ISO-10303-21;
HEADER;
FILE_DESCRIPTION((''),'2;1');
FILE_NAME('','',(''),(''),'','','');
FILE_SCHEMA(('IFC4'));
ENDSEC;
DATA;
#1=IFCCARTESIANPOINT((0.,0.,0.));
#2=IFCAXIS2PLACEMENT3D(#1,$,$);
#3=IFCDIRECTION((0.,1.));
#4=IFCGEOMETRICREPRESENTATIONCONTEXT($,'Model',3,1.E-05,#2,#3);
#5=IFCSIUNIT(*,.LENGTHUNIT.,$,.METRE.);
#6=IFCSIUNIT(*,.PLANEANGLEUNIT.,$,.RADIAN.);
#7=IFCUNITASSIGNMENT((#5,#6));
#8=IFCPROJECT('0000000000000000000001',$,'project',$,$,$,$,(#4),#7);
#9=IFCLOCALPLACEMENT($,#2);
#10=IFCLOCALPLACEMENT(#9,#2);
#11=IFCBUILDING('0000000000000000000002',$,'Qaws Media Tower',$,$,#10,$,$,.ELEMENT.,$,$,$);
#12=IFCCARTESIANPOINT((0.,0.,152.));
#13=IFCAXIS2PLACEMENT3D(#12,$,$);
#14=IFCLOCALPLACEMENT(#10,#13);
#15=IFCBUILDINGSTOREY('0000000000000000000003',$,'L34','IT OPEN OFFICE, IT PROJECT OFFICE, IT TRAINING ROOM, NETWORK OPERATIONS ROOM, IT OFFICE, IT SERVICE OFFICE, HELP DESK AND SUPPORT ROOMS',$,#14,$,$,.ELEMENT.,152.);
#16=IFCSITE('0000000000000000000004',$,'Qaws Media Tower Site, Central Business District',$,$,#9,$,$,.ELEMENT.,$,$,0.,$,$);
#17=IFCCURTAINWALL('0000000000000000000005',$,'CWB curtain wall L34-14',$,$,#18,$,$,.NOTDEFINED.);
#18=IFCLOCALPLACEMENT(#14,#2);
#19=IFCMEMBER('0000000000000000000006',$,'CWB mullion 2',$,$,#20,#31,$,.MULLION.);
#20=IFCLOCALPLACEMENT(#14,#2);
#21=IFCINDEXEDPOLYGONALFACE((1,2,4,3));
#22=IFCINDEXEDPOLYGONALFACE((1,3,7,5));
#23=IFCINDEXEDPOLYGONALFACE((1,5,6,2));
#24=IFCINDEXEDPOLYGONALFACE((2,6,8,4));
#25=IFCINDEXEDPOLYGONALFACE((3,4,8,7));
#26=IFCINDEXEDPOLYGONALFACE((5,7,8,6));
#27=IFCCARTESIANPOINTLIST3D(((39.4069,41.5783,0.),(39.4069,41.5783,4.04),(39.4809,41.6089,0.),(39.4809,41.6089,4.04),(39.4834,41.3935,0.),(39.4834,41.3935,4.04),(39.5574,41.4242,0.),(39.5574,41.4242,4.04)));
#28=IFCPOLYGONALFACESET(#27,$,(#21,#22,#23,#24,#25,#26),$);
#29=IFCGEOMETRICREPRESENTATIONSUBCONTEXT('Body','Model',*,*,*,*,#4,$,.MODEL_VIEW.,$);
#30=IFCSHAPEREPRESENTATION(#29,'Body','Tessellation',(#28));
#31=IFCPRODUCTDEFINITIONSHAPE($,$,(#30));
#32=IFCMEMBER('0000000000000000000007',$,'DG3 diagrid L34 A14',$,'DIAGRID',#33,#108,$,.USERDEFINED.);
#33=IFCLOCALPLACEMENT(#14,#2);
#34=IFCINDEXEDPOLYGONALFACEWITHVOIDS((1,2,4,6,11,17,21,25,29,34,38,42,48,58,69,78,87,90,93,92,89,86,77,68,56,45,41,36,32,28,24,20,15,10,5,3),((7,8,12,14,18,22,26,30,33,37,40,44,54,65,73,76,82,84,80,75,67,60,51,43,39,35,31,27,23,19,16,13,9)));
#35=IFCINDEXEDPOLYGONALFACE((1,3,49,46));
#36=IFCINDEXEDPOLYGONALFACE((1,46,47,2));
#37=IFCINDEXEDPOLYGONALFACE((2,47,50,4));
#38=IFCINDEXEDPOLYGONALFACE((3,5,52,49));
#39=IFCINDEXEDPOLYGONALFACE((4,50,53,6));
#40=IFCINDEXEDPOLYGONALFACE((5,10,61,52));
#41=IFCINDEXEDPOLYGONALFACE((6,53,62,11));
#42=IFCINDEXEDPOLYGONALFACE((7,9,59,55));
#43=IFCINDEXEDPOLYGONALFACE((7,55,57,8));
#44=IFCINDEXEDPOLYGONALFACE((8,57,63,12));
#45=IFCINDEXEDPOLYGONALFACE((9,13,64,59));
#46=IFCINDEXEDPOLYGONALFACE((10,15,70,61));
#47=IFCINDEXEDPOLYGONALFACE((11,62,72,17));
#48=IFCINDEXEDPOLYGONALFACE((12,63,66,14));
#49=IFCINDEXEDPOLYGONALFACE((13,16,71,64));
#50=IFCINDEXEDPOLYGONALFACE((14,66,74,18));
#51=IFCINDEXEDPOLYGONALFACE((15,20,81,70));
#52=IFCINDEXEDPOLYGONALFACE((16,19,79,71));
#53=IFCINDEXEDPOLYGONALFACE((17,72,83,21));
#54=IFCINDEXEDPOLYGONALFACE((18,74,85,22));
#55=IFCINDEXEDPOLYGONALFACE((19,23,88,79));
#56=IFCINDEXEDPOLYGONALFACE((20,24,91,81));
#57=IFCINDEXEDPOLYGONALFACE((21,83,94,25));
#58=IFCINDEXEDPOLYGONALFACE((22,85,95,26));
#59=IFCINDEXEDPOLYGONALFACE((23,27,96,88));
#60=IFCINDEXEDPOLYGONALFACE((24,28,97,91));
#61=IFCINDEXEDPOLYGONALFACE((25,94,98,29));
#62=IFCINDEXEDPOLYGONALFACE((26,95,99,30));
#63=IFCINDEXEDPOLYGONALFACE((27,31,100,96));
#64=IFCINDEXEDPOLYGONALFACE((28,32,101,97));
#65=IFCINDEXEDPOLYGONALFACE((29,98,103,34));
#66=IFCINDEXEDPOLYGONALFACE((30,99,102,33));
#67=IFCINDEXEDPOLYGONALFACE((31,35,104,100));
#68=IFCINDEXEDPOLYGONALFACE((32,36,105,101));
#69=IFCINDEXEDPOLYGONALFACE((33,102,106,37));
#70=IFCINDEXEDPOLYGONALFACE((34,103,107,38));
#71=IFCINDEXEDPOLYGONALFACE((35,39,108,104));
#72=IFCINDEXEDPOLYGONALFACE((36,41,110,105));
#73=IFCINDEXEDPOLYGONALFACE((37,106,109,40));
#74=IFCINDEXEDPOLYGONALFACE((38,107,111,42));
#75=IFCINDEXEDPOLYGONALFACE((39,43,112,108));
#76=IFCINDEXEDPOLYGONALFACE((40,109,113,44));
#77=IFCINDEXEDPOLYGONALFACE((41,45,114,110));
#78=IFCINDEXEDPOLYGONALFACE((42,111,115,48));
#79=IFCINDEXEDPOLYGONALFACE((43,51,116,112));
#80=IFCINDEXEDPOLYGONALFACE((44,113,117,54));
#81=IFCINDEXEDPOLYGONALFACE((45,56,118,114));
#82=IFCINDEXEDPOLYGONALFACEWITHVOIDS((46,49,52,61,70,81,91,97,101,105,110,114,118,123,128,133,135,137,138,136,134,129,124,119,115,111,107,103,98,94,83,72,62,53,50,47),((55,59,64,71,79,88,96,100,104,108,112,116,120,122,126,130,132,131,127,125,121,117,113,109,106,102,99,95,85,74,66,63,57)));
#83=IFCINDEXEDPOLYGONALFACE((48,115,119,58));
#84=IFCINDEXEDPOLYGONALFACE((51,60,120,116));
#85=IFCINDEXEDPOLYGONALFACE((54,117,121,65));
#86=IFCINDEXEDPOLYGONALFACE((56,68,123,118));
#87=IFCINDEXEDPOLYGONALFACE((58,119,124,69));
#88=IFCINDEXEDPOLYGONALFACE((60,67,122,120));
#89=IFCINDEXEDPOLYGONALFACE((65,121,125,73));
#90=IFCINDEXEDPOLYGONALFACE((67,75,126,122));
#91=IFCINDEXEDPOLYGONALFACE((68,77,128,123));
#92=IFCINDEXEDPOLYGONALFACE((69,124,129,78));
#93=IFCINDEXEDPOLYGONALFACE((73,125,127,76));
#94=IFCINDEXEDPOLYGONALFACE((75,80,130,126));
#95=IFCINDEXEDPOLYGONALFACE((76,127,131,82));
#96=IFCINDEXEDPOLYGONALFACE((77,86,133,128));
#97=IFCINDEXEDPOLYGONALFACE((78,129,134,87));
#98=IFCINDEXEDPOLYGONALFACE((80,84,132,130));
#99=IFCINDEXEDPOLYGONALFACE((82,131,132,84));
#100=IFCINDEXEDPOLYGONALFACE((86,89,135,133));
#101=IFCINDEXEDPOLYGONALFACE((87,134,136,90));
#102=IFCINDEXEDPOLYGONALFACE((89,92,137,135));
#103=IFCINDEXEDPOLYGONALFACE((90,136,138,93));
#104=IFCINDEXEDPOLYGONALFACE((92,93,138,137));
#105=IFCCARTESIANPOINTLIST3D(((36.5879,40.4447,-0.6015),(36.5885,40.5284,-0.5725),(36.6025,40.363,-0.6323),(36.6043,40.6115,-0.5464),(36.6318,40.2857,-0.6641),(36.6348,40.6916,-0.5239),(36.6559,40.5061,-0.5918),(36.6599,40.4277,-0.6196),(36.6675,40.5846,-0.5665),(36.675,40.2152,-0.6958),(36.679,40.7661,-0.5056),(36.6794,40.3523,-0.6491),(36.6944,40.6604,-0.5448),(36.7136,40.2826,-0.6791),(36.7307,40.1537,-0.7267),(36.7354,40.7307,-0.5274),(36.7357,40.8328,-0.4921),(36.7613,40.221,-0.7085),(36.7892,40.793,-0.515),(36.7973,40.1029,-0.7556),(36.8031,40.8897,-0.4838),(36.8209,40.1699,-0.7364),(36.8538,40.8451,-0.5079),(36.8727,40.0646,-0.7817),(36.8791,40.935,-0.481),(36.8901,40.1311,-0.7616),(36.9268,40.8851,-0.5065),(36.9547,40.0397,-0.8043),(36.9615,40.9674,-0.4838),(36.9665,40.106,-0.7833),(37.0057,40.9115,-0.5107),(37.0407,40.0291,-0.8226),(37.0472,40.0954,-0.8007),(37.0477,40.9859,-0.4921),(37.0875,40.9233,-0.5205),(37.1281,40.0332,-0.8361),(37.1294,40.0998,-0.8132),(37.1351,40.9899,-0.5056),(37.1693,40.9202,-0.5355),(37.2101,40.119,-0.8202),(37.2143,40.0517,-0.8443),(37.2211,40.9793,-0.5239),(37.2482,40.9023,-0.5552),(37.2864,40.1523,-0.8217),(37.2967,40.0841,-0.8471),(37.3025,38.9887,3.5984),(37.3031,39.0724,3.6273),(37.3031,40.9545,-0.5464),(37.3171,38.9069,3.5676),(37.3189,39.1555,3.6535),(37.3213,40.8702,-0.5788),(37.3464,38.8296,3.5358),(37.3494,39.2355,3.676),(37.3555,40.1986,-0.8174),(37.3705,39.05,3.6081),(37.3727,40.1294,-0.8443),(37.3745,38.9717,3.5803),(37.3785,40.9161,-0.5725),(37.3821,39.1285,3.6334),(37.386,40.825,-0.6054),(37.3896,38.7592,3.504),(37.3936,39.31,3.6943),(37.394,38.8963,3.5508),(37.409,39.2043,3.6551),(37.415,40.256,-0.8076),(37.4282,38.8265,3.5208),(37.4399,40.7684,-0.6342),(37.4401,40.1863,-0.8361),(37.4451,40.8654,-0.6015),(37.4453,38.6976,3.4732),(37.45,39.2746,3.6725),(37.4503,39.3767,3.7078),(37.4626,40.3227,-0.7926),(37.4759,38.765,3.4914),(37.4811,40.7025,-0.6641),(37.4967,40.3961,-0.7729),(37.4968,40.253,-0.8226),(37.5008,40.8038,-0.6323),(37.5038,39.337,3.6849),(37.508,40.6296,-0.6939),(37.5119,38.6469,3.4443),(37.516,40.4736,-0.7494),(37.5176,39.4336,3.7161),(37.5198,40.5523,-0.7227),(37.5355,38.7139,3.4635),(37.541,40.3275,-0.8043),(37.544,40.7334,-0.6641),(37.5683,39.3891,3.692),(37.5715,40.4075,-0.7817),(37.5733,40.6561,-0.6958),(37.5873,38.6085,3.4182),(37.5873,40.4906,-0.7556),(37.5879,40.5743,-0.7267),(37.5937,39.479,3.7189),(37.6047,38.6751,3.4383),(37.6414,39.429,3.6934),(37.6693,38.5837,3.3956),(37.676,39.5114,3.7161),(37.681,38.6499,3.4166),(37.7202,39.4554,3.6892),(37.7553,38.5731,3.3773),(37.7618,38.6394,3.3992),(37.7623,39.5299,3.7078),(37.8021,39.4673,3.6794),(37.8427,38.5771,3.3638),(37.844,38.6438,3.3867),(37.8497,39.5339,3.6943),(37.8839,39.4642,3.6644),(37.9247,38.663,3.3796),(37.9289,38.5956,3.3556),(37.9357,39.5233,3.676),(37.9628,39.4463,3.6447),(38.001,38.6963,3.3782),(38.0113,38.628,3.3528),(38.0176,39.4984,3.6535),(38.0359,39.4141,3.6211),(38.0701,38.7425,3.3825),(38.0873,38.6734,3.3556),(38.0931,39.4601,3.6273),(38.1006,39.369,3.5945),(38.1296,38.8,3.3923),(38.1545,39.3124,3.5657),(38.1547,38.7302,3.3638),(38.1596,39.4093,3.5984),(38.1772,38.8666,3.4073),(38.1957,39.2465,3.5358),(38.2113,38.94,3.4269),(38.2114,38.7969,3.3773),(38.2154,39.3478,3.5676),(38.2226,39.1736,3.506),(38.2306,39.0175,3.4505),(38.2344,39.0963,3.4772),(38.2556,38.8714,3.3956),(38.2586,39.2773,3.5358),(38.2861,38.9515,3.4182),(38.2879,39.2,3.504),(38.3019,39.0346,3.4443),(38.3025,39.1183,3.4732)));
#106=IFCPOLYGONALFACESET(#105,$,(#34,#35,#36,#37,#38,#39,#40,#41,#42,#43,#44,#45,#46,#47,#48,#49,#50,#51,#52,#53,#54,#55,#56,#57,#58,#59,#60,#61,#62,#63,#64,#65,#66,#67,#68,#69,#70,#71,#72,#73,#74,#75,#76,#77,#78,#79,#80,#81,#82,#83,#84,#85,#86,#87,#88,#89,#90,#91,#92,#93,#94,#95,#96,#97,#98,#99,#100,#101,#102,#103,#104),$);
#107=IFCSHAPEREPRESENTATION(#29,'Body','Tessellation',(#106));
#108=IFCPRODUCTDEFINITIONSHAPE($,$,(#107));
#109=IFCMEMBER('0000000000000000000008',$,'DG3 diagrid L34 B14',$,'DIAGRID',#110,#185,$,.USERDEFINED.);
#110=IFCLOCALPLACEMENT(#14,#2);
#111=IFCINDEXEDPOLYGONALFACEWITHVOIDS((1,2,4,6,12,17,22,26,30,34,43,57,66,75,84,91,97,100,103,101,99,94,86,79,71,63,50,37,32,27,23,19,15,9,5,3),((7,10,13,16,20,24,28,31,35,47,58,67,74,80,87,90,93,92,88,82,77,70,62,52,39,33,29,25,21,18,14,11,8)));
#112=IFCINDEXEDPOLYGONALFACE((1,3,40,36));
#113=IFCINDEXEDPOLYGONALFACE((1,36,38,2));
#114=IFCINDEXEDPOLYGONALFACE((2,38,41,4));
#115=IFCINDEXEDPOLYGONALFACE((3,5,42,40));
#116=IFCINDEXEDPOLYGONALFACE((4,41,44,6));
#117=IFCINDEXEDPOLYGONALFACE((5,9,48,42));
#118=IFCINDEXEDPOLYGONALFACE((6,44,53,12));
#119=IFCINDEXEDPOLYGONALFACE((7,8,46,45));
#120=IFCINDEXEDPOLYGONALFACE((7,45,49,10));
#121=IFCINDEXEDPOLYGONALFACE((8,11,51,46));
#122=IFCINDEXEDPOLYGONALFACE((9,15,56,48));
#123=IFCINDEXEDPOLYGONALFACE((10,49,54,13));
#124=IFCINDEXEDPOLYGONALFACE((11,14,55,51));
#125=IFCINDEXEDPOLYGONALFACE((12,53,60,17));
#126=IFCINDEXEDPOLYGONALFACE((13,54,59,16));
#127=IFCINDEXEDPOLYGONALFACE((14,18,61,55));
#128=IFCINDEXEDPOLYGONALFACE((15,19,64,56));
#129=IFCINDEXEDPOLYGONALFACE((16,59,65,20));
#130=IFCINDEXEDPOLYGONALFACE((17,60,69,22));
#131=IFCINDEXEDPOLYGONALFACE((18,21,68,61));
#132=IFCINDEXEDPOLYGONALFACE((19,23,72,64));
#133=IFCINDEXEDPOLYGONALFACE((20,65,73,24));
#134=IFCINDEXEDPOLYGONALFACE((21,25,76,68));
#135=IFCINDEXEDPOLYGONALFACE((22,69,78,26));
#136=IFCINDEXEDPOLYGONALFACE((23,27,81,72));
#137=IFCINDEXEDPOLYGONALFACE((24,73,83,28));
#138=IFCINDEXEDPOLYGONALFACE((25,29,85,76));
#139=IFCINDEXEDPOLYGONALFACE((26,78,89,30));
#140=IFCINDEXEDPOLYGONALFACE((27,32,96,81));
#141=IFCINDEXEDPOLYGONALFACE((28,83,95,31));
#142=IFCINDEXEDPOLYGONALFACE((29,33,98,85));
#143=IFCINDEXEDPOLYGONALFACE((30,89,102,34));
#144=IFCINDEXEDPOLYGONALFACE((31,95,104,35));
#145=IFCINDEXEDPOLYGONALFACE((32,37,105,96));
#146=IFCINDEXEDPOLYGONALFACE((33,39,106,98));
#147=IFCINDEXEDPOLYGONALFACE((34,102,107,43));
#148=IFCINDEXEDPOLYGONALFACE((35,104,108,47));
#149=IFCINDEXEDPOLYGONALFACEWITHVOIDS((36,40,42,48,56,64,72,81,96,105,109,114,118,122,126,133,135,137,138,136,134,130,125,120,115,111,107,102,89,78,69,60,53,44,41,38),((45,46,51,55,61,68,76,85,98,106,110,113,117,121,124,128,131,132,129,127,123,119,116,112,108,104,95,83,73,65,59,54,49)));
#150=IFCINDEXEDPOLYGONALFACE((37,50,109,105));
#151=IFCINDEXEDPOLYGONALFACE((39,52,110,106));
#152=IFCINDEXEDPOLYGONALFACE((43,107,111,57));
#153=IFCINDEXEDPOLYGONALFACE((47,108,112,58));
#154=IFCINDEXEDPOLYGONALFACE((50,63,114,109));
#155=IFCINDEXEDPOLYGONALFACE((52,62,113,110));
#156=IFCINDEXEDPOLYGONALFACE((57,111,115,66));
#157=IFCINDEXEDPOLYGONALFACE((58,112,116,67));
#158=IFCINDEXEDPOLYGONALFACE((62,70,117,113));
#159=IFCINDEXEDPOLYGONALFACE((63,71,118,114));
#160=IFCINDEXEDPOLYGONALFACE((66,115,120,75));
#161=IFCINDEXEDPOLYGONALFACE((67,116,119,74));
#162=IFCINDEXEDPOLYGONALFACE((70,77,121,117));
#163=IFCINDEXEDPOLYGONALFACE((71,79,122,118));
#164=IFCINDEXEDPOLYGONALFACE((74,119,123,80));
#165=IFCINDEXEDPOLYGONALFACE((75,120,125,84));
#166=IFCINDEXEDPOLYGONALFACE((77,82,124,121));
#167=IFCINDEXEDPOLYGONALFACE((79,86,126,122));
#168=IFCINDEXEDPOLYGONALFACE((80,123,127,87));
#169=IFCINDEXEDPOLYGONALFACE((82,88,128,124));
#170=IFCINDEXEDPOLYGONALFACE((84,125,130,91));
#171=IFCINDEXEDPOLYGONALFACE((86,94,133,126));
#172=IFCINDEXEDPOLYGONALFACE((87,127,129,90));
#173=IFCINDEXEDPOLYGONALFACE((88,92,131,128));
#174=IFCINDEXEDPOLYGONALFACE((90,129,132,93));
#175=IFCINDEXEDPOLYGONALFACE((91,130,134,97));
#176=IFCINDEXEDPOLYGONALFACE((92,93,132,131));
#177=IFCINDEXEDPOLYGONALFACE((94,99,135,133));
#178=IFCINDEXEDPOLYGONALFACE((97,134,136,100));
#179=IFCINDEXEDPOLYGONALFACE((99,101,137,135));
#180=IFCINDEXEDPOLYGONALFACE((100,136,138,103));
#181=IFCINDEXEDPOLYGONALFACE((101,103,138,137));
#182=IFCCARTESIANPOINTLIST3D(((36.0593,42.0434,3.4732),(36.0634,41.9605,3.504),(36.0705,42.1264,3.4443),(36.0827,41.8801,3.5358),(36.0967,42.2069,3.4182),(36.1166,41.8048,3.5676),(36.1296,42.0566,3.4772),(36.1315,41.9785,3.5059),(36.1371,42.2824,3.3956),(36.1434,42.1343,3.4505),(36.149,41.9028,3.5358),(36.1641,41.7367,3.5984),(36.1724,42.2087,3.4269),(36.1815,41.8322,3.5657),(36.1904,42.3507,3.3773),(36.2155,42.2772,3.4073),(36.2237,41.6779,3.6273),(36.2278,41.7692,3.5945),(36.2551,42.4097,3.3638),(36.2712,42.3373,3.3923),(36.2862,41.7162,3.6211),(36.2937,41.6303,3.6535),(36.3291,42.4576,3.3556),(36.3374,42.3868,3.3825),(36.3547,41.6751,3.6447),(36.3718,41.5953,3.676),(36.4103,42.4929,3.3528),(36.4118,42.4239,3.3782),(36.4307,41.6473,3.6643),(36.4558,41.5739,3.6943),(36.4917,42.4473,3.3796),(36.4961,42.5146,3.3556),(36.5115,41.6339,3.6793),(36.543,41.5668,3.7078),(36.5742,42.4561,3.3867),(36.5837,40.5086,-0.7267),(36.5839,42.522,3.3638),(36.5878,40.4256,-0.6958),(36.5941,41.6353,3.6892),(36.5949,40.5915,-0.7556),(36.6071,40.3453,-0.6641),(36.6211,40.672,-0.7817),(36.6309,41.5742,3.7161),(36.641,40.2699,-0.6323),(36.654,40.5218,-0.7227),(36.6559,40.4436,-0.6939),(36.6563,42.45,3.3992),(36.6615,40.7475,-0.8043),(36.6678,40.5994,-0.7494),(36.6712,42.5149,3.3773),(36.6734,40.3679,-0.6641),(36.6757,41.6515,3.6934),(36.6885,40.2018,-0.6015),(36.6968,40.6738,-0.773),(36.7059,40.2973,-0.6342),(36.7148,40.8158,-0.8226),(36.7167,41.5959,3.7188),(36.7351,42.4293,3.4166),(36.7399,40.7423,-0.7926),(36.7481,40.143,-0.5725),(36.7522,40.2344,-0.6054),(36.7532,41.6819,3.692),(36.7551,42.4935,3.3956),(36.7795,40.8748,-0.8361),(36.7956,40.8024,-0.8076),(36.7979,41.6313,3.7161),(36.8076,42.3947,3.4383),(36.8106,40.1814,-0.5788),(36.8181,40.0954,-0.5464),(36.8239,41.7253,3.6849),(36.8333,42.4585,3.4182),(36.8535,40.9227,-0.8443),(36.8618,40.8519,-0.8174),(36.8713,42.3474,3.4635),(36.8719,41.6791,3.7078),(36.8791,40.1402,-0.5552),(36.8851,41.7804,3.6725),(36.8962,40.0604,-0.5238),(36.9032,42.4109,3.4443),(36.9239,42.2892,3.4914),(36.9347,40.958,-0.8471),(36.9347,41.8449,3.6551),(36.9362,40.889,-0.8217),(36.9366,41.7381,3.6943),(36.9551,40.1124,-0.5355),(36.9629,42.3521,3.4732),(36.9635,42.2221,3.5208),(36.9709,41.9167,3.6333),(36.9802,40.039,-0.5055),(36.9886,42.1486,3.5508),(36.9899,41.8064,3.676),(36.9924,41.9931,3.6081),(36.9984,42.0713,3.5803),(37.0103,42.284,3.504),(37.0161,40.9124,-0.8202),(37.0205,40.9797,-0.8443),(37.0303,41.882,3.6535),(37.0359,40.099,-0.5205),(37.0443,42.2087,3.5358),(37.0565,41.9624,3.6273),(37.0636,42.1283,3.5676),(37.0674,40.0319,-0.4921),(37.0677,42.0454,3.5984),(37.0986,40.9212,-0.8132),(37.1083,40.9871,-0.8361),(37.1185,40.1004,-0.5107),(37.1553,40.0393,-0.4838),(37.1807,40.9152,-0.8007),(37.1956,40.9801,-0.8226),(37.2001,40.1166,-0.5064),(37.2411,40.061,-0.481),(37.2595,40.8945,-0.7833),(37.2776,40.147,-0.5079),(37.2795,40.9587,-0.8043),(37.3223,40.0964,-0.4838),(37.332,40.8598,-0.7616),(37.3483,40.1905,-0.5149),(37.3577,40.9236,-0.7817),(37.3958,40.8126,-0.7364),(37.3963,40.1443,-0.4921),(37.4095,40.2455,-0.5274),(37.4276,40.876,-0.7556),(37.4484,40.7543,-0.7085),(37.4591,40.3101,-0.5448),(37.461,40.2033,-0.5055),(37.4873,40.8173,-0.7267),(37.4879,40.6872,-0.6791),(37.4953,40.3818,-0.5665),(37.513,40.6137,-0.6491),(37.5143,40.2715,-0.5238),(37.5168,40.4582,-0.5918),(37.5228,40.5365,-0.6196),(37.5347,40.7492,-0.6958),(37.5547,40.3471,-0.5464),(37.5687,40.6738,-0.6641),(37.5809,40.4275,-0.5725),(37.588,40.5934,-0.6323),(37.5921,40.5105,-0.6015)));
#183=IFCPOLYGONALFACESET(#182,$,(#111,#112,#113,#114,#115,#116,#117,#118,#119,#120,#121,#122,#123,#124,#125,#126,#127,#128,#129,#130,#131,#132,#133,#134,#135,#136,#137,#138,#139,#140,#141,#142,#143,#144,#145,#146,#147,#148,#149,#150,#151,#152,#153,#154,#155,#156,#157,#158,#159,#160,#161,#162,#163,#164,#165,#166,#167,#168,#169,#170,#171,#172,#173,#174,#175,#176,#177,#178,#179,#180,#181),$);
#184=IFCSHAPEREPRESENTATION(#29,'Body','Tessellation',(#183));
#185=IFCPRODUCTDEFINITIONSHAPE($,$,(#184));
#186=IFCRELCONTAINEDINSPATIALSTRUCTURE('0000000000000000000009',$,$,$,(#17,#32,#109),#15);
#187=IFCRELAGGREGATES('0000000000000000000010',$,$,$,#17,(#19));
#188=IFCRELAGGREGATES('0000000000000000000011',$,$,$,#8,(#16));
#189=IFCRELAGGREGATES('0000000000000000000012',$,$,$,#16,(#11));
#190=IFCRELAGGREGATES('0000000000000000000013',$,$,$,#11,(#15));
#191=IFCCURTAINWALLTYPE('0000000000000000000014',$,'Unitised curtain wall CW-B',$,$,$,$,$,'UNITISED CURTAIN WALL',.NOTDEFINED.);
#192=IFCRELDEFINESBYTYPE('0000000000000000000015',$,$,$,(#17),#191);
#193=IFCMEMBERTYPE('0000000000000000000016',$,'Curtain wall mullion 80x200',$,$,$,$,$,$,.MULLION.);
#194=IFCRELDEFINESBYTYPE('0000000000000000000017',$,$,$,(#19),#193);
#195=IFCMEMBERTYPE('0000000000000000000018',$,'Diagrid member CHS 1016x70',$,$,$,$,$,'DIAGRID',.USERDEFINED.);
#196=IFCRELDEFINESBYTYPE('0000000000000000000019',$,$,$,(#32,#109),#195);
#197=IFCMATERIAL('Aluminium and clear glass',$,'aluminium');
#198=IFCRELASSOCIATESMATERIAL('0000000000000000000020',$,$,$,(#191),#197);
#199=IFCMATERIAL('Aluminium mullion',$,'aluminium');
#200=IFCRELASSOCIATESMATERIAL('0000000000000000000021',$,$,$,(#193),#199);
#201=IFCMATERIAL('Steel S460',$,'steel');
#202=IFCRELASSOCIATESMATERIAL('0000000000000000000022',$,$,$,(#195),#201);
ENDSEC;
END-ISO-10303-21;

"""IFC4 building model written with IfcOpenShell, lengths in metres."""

from ifc_helpers import new_model, si_unit, direction, frame, origin, origin_2d, place, context, subcontext, project, spatial, rectangle, hollow_circle, extrude, material, material_profile, profile_set, type_object, element, aggregate, save


model = new_model("IFC4")

# Units and contexts
model_context = context("Model", 3, precision=1e-05, world=origin(), true_north=direction((0.0, 1.0)))
body_context = subcontext(model_context, "Body", "Model", "MODEL_VIEW")
ifc_project = project(units=[si_unit("LENGTHUNIT", "METRE"), si_unit("PLANEANGLEUNIT", "RADIAN")], contexts=[model_context])

# Site, building, storey
site_placement = place(None, origin())
site = spatial("IfcSite", under=ifc_project, at=site_placement, Name="Qaws Media Tower Site, Central Business District", CompositionType="ELEMENT", RefElevation=0.0)
building_placement = place(site_placement, origin())
building = spatial("IfcBuilding", under=site, at=building_placement, Name="Qaws Media Tower", CompositionType="ELEMENT")
storey_placement = place(building_placement, frame((0.0, 0.0, 152.0)))
storey = spatial("IfcBuildingStorey", under=building, at=storey_placement, Name="L34", Description="IT OPEN OFFICE, IT PROJECT OFFICE, IT TRAINING ROOM, NETWORK OPERATIONS ROOM, IT OFFICE, IT SERVICE OFFICE, HELP DESK AND SUPPORT ROOMS", CompositionType="ELEMENT", Elevation=152.0)

# Curtain wall, member
ifc_material_1 = material(Name="Aluminium and clear glass", Category="aluminium")
curtain_wall_type = type_object("IfcCurtainWallType", Name="Unitised curtain wall CW-B", ElementType="UNITISED CURTAIN WALL", PredefinedType="NOTDEFINED", material=ifc_material_1)
curtain_wall_placement = place(storey_placement, origin())
curtain_wall = element("IfcCurtainWall", 1, at=curtain_wall_placement, inside=storey, type_object=curtain_wall_type, Name="CWB curtain wall L34-14", PredefinedType="NOTDEFINED")
ifc_material_2 = material(Name="Aluminium mullion", Category="aluminium")
ifc_material_profile_1 = material_profile(ifc_material_2, rectangle(XDim=0.0801, YDim=0.2, at=origin_2d()), Name="80x200")
ifc_profile_set_1 = profile_set([ifc_material_profile_1], Name="Aluminium mullion")
member_type_1 = type_object("IfcMemberType", Name="Curtain wall mullion 80x200", PredefinedType="MULLION", material=ifc_profile_set_1)
member_placement = place(storey_placement, frame((39.4822, 41.5012, 0.0), z_axis=(0.0, 0.0, 1.0), x_axis=(0.923879, 0.382684, 0.0)))
member = element("IfcMember", 2, at=member_placement, type_object=member_type_1, Name="CWB mullion 2", PredefinedType="MULLION", context=body_context, shape_type="SweptSolid", body=[
    extrude(rectangle(XDim=0.0801, YDim=0.2, at=origin_2d()), origin(), (0.0, 0.0, 1.0), 4.04),
])

# Members
ifc_material_3 = material(Name="Steel S460", Category="steel")
ifc_material_profile_2 = material_profile(ifc_material_3, hollow_circle(Radius=0.5081, WallThickness=0.0701, at=origin_2d()), Name="CHS 1016x70")
ifc_profile_set_2 = profile_set([ifc_material_profile_2], Name="Steel S460")
member_type_2 = type_object("IfcMemberType", Name="Diagrid member CHS 1016x70", ElementType="DIAGRID", PredefinedType="USERDEFINED", material=ifc_profile_set_2)
for number, where, z_axis, x_axis, name in (
    (3, (37.0879, 40.5095, -0.6641), (0.15872, -0.323405, 0.932854), (0.897714, 0.440578, 0.0), "DG3 diagrid L34 A14"),
    (4, (37.0879, 40.5095, -0.6641), (-0.116477, 0.340919, 0.932849), (-0.946294, -0.323308, 0.0), "DG3 diagrid L34 B14"),
):
    element("IfcMember", number, at=place(storey_placement, frame(where, z_axis=z_axis, x_axis=x_axis)), inside=storey, type_object=member_type_2, Name=name, ObjectType="DIAGRID", PredefinedType="USERDEFINED", context=body_context, shape_type="SweptSolid", body=[
        extrude(hollow_circle(Radius=0.5081, WallThickness=0.0701, at=origin_2d()), origin(), (0.0, 0.0, 1.0), 4.5022),
    ])

aggregate(curtain_wall, [member])

save(model, "model.ifc")
